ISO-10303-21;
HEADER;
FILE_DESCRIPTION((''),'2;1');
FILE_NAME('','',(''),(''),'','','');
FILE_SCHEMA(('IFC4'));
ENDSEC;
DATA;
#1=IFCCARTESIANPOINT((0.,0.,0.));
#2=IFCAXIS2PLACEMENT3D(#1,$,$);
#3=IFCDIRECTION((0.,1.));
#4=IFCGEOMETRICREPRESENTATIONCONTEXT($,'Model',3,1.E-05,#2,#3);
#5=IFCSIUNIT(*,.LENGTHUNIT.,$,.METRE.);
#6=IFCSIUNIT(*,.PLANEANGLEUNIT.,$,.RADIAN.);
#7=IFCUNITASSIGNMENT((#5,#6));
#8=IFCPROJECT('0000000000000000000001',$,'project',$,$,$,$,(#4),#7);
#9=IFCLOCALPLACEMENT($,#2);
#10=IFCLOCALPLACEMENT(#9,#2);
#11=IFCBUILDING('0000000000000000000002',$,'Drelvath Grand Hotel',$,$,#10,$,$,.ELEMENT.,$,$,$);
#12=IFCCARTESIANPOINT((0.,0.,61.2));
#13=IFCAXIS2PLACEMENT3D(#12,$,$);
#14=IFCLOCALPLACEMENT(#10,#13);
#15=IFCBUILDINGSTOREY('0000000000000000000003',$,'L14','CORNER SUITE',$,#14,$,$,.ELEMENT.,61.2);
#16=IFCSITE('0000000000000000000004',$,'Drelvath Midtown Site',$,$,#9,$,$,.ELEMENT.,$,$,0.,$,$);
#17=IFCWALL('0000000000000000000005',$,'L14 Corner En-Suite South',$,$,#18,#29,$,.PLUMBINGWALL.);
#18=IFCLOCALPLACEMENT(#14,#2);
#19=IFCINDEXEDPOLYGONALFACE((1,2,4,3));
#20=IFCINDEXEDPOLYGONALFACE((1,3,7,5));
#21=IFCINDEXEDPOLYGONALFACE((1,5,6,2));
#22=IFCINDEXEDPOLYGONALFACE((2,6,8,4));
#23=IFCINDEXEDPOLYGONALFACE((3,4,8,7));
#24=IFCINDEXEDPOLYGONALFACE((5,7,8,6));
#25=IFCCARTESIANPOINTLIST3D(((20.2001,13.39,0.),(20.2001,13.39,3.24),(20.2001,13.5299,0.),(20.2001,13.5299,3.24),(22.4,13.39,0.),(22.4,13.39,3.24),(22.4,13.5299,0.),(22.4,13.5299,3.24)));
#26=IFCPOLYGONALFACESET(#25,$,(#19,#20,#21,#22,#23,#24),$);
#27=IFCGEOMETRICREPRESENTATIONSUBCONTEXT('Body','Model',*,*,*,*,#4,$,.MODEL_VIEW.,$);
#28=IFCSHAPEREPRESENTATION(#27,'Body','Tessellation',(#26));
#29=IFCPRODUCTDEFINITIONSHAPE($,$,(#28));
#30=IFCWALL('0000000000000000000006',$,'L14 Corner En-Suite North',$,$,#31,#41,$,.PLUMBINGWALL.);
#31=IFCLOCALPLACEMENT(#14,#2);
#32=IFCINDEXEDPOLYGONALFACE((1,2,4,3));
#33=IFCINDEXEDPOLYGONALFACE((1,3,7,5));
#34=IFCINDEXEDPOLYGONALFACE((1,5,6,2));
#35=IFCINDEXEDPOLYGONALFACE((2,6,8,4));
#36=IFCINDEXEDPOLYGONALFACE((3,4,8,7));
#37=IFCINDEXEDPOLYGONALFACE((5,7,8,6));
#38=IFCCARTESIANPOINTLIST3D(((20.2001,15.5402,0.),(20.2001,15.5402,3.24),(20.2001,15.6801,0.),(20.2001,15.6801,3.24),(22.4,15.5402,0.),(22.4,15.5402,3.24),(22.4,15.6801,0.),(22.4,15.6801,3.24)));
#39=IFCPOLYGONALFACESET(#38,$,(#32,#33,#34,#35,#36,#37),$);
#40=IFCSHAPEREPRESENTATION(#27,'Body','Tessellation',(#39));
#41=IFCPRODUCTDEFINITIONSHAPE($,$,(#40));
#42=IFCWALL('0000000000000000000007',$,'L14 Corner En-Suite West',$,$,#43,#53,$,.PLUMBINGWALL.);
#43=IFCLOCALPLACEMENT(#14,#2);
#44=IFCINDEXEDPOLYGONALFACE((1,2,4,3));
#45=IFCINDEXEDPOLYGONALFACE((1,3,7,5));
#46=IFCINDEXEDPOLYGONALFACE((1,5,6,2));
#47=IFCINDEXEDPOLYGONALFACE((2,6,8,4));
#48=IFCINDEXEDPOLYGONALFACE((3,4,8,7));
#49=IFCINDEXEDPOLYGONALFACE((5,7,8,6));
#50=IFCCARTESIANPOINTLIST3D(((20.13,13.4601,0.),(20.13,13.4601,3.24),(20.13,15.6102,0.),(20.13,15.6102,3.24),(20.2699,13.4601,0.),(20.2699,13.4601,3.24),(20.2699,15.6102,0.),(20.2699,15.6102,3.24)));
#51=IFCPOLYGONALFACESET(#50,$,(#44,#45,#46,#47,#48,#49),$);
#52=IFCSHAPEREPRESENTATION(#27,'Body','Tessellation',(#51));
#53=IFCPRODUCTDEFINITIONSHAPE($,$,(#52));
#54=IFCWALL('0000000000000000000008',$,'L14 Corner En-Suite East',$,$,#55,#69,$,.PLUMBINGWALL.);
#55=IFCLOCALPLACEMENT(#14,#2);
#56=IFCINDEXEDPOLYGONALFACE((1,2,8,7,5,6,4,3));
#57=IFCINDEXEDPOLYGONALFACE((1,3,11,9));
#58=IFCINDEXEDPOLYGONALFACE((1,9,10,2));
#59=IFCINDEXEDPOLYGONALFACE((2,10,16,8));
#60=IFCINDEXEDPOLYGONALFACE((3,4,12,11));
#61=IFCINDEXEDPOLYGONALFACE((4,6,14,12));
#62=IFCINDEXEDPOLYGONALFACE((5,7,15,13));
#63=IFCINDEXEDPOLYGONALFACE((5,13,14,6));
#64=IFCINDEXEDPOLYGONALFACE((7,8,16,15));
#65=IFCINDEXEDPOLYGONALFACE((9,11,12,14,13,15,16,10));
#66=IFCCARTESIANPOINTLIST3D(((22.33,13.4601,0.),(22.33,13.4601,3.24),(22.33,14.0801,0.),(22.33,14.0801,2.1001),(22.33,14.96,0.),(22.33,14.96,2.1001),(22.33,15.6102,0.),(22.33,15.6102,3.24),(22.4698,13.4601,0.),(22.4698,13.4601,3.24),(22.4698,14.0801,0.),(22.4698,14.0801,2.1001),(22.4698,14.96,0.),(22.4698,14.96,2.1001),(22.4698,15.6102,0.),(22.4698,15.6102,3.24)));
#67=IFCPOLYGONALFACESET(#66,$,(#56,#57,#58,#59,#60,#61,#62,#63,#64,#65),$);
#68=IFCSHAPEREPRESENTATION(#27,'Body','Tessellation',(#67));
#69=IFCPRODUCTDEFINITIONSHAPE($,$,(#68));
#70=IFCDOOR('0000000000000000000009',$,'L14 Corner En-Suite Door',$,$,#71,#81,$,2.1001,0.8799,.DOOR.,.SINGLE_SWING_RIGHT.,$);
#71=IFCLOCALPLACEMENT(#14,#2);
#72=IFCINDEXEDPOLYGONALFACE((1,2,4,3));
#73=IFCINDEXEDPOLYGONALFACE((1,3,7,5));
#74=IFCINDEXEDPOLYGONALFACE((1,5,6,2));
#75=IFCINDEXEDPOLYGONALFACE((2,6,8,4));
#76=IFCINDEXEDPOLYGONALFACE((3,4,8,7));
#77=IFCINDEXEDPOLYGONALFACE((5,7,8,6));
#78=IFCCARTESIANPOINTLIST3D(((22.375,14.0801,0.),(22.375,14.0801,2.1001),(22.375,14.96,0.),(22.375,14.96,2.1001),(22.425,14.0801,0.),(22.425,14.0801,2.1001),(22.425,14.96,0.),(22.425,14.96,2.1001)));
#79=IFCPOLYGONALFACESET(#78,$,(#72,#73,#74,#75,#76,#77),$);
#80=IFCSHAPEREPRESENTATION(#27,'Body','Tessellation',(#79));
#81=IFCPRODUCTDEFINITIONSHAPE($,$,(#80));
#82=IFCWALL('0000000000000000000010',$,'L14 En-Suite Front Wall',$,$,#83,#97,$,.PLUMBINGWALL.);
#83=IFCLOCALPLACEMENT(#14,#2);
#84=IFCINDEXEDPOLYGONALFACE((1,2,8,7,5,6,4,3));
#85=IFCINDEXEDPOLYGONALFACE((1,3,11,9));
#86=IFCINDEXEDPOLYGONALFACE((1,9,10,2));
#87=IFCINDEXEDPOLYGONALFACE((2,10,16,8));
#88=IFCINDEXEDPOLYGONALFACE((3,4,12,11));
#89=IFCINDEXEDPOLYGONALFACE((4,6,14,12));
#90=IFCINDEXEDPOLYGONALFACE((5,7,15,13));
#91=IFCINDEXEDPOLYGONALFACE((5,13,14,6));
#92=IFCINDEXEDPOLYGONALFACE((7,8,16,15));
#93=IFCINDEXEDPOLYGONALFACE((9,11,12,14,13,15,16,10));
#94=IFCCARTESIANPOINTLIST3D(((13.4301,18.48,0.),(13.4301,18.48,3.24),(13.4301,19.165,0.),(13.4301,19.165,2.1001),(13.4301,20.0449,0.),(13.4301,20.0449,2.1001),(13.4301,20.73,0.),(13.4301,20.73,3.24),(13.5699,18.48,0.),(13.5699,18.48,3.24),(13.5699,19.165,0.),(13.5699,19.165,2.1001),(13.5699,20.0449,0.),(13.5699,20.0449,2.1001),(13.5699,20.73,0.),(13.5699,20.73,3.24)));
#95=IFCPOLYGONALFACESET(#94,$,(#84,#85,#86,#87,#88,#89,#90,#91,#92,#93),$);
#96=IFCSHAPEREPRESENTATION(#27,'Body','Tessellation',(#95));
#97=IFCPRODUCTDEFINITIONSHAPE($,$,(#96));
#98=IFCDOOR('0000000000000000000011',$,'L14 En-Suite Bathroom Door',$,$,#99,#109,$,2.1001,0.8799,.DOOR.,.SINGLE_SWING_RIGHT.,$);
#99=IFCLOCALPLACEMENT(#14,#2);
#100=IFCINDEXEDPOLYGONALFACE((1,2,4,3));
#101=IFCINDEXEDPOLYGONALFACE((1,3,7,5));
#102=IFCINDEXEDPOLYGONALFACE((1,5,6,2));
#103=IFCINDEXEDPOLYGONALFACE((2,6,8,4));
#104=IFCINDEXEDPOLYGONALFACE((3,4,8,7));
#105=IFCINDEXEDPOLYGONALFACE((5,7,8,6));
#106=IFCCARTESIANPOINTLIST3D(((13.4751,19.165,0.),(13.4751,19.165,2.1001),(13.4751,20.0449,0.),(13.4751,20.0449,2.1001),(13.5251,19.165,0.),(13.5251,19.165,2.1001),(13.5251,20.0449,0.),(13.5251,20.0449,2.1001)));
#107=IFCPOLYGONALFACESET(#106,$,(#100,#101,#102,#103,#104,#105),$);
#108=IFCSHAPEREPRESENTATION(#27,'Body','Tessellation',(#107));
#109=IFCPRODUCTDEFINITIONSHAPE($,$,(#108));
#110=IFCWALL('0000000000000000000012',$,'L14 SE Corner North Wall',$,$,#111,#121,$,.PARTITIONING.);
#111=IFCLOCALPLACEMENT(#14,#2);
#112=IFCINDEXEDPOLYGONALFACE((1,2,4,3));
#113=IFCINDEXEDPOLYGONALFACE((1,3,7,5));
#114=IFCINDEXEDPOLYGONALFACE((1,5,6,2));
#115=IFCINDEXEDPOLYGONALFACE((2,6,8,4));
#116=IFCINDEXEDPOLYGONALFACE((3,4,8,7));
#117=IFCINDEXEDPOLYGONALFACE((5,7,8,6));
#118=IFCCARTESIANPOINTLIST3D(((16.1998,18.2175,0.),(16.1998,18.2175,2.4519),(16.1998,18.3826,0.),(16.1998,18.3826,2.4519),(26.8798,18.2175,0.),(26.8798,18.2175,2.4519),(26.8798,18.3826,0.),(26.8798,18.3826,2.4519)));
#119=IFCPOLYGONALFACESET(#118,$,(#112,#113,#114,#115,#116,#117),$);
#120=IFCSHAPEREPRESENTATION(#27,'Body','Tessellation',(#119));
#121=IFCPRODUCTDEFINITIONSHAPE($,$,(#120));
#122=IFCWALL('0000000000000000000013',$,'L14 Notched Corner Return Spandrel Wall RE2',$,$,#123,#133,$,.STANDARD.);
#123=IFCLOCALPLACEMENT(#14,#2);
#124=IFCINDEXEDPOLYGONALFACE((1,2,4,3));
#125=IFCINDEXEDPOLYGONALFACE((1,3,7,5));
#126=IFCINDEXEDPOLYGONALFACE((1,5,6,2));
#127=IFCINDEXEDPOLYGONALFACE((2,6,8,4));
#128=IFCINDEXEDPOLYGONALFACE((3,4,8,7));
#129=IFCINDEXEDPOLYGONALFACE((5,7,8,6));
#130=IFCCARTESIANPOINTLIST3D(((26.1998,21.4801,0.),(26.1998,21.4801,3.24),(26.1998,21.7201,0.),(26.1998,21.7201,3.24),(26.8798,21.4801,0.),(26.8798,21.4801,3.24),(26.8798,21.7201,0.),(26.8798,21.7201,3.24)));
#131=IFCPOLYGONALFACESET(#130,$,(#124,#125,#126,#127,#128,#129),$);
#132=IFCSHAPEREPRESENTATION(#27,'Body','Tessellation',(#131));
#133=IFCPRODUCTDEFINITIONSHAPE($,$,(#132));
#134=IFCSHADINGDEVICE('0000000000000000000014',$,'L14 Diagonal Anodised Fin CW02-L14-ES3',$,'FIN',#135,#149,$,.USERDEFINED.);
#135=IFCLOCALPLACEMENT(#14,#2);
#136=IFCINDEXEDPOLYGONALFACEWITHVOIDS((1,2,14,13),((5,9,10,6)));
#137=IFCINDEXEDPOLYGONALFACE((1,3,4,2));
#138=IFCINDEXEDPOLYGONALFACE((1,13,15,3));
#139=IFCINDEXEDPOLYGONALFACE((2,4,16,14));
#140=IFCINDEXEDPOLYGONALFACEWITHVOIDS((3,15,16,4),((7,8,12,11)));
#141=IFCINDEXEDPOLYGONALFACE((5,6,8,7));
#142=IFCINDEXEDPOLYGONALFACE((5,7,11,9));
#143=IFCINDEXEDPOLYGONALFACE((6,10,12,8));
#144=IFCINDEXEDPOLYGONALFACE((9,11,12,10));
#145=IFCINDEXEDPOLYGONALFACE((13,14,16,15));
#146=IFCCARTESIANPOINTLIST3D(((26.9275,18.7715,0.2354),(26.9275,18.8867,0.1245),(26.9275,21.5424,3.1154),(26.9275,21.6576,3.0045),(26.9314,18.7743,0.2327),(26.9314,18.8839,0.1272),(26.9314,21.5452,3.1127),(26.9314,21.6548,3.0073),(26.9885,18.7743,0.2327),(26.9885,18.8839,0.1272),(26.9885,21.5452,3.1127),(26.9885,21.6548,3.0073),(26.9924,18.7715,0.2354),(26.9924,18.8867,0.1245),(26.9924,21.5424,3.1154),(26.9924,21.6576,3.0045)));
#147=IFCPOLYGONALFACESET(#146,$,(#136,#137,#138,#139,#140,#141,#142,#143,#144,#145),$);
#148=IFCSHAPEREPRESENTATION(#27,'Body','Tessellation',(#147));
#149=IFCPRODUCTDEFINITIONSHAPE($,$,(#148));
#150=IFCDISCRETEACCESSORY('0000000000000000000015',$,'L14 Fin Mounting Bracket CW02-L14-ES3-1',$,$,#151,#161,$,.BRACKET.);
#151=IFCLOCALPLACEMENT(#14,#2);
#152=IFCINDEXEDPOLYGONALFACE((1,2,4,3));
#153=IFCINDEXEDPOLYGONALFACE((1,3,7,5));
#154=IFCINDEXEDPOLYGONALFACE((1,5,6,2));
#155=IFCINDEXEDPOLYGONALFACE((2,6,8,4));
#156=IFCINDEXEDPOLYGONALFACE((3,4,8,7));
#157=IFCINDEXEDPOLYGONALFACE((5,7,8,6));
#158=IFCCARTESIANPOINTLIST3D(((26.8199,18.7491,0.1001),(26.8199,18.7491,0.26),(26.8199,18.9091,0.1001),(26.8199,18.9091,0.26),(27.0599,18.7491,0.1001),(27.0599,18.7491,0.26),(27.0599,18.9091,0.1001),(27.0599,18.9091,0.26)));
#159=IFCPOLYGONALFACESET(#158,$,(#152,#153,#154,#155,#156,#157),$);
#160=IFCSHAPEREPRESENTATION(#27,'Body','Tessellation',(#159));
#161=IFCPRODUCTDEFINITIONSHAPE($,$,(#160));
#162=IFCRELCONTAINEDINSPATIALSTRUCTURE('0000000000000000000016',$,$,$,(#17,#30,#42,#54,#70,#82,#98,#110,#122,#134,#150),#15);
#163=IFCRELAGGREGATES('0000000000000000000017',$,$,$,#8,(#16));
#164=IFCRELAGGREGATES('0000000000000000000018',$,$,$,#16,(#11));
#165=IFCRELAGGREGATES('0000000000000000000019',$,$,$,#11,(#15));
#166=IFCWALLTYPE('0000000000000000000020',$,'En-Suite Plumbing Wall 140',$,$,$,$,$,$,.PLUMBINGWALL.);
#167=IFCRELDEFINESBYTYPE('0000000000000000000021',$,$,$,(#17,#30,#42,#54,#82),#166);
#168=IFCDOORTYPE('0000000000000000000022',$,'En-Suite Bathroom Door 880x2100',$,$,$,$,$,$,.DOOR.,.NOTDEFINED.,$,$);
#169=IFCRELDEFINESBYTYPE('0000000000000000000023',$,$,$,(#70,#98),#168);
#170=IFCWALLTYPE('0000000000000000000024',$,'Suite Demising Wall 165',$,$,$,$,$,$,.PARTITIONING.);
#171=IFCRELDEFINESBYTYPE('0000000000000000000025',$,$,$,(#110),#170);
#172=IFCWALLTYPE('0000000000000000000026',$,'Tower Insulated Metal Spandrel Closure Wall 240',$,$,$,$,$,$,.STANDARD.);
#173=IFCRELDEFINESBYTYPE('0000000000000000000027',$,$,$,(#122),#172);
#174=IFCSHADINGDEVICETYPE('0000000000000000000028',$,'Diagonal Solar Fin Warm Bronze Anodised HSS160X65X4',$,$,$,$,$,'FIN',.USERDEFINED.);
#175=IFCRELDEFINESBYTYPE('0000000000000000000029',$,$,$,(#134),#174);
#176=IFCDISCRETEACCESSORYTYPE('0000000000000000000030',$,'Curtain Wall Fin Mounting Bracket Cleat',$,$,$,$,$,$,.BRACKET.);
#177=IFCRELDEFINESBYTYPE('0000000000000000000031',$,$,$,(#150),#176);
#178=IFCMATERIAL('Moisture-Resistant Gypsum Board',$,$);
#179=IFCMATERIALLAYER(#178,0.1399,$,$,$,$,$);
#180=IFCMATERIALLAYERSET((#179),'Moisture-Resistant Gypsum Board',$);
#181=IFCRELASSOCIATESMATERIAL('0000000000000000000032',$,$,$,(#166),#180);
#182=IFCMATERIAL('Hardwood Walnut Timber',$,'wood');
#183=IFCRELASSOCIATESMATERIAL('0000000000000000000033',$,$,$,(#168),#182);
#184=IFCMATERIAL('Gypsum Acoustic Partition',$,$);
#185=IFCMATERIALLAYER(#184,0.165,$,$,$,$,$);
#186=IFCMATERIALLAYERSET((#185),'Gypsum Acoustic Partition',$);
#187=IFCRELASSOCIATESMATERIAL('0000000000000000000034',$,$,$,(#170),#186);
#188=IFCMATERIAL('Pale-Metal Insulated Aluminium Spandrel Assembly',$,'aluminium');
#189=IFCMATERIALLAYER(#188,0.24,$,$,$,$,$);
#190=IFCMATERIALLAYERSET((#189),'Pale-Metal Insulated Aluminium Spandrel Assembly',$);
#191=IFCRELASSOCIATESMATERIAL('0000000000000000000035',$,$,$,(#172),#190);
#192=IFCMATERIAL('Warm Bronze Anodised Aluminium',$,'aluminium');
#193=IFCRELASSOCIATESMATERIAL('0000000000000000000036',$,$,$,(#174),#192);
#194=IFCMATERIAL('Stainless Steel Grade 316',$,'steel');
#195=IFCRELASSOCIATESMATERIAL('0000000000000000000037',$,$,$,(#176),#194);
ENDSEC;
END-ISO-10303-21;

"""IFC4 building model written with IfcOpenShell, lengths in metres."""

from ifc_helpers import new_model, si_unit, direction, frame, frame_2d, origin, origin_2d, place, context, subcontext, project, spatial, rectangle, hollow_rectangle, extrude, material, layer, layer_set, material_profile, profile_set, type_object, element, fill, save


model = new_model("IFC4")

# Units and contexts
model_context = context("Model", 3, precision=1e-05, world=origin(), true_north=direction((0.0, 1.0)))
body_context = subcontext(model_context, "Body", "Model", "MODEL_VIEW")
ifc_project = project(units=[si_unit("LENGTHUNIT", "METRE"), si_unit("PLANEANGLEUNIT", "RADIAN")], contexts=[model_context])

# Site, building, storey
site_placement = place(None, origin())
site = spatial("IfcSite", under=ifc_project, at=site_placement, Name="Drelvath Midtown Site", CompositionType="ELEMENT", RefElevation=0.0)
building_placement = place(site_placement, origin())
building = spatial("IfcBuilding", under=site, at=building_placement, Name="Drelvath Grand Hotel", CompositionType="ELEMENT")
storey_placement = place(building_placement, frame((0.0, 0.0, 61.2)))
storey = spatial("IfcBuildingStorey", under=building, at=storey_placement, Name="L14", Description="CORNER SUITE", CompositionType="ELEMENT", Elevation=61.2)

# Shared definitions
ifc_material_1 = material(Name="Hardwood Walnut Timber", Category="wood")

# Walls
ifc_material_2 = material(Name="Moisture-Resistant Gypsum Board")
ifc_layer_1 = layer(ifc_material_2, 0.1399)
ifc_layer_set_1 = layer_set([ifc_layer_1], Name="Moisture-Resistant Gypsum Board")
wall_type_1 = type_object("IfcWallType", Name="En-Suite Plumbing Wall 140", PredefinedType="PLUMBINGWALL", material=ifc_layer_set_1)
for number, where, z_axis, x_axis, name in (
    (1, (20.2, 13.46, 0.0), (0.0, 0.0, 1.0), (1.0, 0.0, 0.0), "L14 Corner En-Suite South"),
    (2, (20.2, 15.6101, 0.0), (0.0, 0.0, 1.0), (1.0, 0.0, 0.0), "L14 Corner En-Suite North"),
):
    element("IfcWall", number, at=place(storey_placement, frame(where, z_axis=z_axis, x_axis=x_axis)), inside=storey, type_object=wall_type_1, Name=name, PredefinedType="PLUMBINGWALL", context=body_context, shape_type="SweptSolid", body=[
        extrude(rectangle(XDim=2.2, YDim=0.1399, at=frame_2d((1.1001, 0.0))), origin(), (0.0, 0.0, 1.0), 3.24),
    ])
wall_1_placement = place(storey_placement, frame((20.2, 13.46, 0.0), z_axis=(0.0, 0.0, 1.0), x_axis=(0.0, 1.0, 0.0)))
element("IfcWall", 3, at=wall_1_placement, inside=storey, type_object=wall_type_1, Name="L14 Corner En-Suite West", PredefinedType="PLUMBINGWALL", context=body_context, shape_type="SweptSolid", body=[
    extrude(rectangle(XDim=2.1501, YDim=0.1399, at=frame_2d((1.0752, 0.0))), origin(), (0.0, 0.0, 1.0), 3.24),
])

# Walls, openings, doors
wall_2_placement = place(storey_placement, frame((22.3999, 13.46, 0.0), z_axis=(0.0, 0.0, 1.0), x_axis=(0.0, 1.0, 0.0)))
wall_2 = element("IfcWall", 4, at=wall_2_placement, inside=storey, type_object=wall_type_1, Name="L14 Corner En-Suite East", PredefinedType="PLUMBINGWALL", context=body_context, shape_type="SweptSolid", body=[
    extrude(rectangle(XDim=2.1501, YDim=0.1399, at=frame_2d((1.0752, 0.0))), origin(), (0.0, 0.0, 1.0), 3.24),
])
opening_1_placement = place(wall_2_placement, frame((0.6201, 0.0, 0.0)))
opening_1 = element("IfcOpeningElement", 5, at=opening_1_placement, cuts=wall_2, PredefinedType="OPENING", context=body_context, shape_type="SweptSolid", body=[
    extrude(rectangle(XDim=0.8799, YDim=2.1001, at=frame_2d((0.4399, 1.05))), frame((0.0, 0.0798, 0.0), z_axis=(0.0, -1.0, 0.0), x_axis=(1.0, 0.0, 0.0)), (0.0, 0.0, 1.0), 0.1599),
])
door_type_1 = type_object("IfcDoorType", Name="En-Suite Bathroom Door 880x2100", OperationType="NOTDEFINED", PredefinedType="DOOR", material=ifc_material_1)
door_1_placement = place(opening_1_placement, origin())
door_1 = element("IfcDoor", 6, at=door_1_placement, inside=storey, type_object=door_type_1, Name="L14 Corner En-Suite Door", OperationType="SINGLE_SWING_RIGHT", OverallHeight=2.1001, OverallWidth=0.8799, PredefinedType="DOOR", context=body_context, shape_type="SweptSolid", body=[
    extrude(rectangle(XDim=0.8799, YDim=2.1001, at=frame_2d((0.4399, 1.05))), frame((0.0, 0.0249, 0.0), z_axis=(0.0, -1.0, 0.0), x_axis=(1.0, 0.0, 0.0)), (0.0, 0.0, 1.0), 0.05),
])
fill(opening_1, door_1)
wall_3_placement = place(storey_placement, frame((13.5, 18.48, 0.0), z_axis=(0.0, 0.0, 1.0), x_axis=(0.0, 1.0, 0.0)))
wall_3 = element("IfcWall", 7, at=wall_3_placement, inside=storey, type_object=wall_type_1, Name="L14 En-Suite Front Wall", PredefinedType="PLUMBINGWALL", context=body_context, shape_type="SweptSolid", body=[
    extrude(rectangle(XDim=2.25, YDim=0.1399, at=frame_2d((1.125, 0.0))), origin(), (0.0, 0.0, 1.0), 3.24),
])
opening_2_placement = place(wall_3_placement, frame((0.6851, 0.0, 0.0)))
opening_2 = element("IfcOpeningElement", 8, at=opening_2_placement, cuts=wall_3, PredefinedType="OPENING", context=body_context, shape_type="SweptSolid", body=[
    extrude(rectangle(XDim=0.8799, YDim=2.1001, at=frame_2d((0.4399, 1.05))), frame((0.0, 0.0798, 0.0), z_axis=(0.0, -1.0, 0.0), x_axis=(1.0, 0.0, 0.0)), (0.0, 0.0, 1.0), 0.1599),
])
door_2_placement = place(opening_2_placement, origin())
door_2 = element("IfcDoor", 9, at=door_2_placement, inside=storey, type_object=door_type_1, Name="L14 En-Suite Bathroom Door", OperationType="SINGLE_SWING_RIGHT", OverallHeight=2.1001, OverallWidth=0.8799, PredefinedType="DOOR", context=body_context, shape_type="SweptSolid", body=[
    extrude(rectangle(XDim=0.8799, YDim=2.1001, at=frame_2d((0.4399, 1.05))), frame((0.0, 0.0249, 0.0), z_axis=(0.0, -1.0, 0.0), x_axis=(1.0, 0.0, 0.0)), (0.0, 0.0, 1.0), 0.05),
])
fill(opening_2, door_2)

# Walls
ifc_material_3 = material(Name="Gypsum Acoustic Partition")
ifc_layer_2 = layer(ifc_material_3, 0.165)
ifc_layer_set_2 = layer_set([ifc_layer_2], Name="Gypsum Acoustic Partition")
wall_type_2 = type_object("IfcWallType", Name="Suite Demising Wall 165", PredefinedType="PARTITIONING", material=ifc_layer_set_2)
wall_4_placement = place(storey_placement, frame((16.2, 18.3, 0.0), z_axis=(0.0, 0.0, 1.0), x_axis=(1.0, 0.0, 0.0)))
element("IfcWall", 10, at=wall_4_placement, inside=storey, type_object=wall_type_2, Name="L14 SE Corner North Wall", PredefinedType="PARTITIONING", context=body_context, shape_type="SweptSolid", body=[
    extrude(rectangle(XDim=10.6799, YDim=0.165, at=frame_2d((5.3398, 0.0))), origin(), (0.0, 0.0, 1.0), 2.4519),
])
ifc_material_4 = material(Name="Pale-Metal Insulated Aluminium Spandrel Assembly", Category="aluminium")
ifc_layer_3 = layer(ifc_material_4, 0.24)
ifc_layer_set_3 = layer_set([ifc_layer_3], Name="Pale-Metal Insulated Aluminium Spandrel Assembly")
wall_type_3 = type_object("IfcWallType", Name="Tower Insulated Metal Spandrel Closure Wall 240", PredefinedType="STANDARD", material=ifc_layer_set_3)
wall_5_placement = place(storey_placement, frame((26.2, 21.6001, 0.0), z_axis=(0.0, 0.0, 1.0), x_axis=(1.0, 0.0, 0.0)))
element("IfcWall", 11, at=wall_5_placement, inside=storey, type_object=wall_type_3, Name="L14 Notched Corner Return Spandrel Wall RE2", PredefinedType="STANDARD", context=body_context, shape_type="SweptSolid", body=[
    extrude(rectangle(XDim=0.6799, YDim=0.24, at=frame_2d((0.3398, 0.0))), origin(), (0.0, 0.0, 1.0), 3.24),
])

# Shading device
ifc_material_5 = material(Name="Warm Bronze Anodised Aluminium", Category="aluminium")
ifc_material_profile_1 = material_profile(ifc_material_5, hollow_rectangle(XDim=0.0649, YDim=0.1599, WallThickness=0.0039, at=origin_2d()), Name="HSS160X65X4")
ifc_profile_set_1 = profile_set([ifc_material_profile_1], Name="Warm Bronze Anodised Aluminium")
shading_device_type = type_object("IfcShadingDeviceType", Name="Diagonal Solar Fin Warm Bronze Anodised HSS160X65X4", ElementType="FIN", PredefinedType="USERDEFINED", material=ifc_profile_set_1)
shading_device_placement = place(storey_placement, frame((26.96, 18.8291, 0.1799), z_axis=(0.0, 0.693322, 0.720628), x_axis=(-1.0, 0.0, 0.0)))
element("IfcShadingDevice", 12, at=shading_device_placement, inside=storey, type_object=shading_device_type, Name="L14 Diagonal Anodised Fin CW02-L14-ES3", ObjectType="FIN", PredefinedType="USERDEFINED", context=body_context, shape_type="SweptSolid", body=[
    extrude(hollow_rectangle(XDim=0.0649, YDim=0.1599, WallThickness=0.0039, at=origin_2d()), origin(), (0.0, 0.0, 1.0), 3.9966),
])

# Discrete accessory
ifc_material_6 = material(Name="Stainless Steel Grade 316", Category="steel")
discrete_accessory_type = type_object("IfcDiscreteAccessoryType", Name="Curtain Wall Fin Mounting Bracket Cleat", PredefinedType="BRACKET", material=ifc_material_6)
discrete_accessory_placement = place(storey_placement, frame((26.9399, 18.8291, 0.1001), z_axis=(0.0, 0.0, 1.0), x_axis=(0.0, -1.0, 0.0)))
element("IfcDiscreteAccessory", 13, at=discrete_accessory_placement, inside=storey, type_object=discrete_accessory_type, Name="L14 Fin Mounting Bracket CW02-L14-ES3-1", PredefinedType="BRACKET", context=body_context, shape_type="SweptSolid", body=[
    extrude(rectangle(XDim=0.1599, YDim=0.24, at=origin_2d()), origin(), (0.0, 0.0, 1.0), 0.1599),
])

save(model, "model.ifc")
